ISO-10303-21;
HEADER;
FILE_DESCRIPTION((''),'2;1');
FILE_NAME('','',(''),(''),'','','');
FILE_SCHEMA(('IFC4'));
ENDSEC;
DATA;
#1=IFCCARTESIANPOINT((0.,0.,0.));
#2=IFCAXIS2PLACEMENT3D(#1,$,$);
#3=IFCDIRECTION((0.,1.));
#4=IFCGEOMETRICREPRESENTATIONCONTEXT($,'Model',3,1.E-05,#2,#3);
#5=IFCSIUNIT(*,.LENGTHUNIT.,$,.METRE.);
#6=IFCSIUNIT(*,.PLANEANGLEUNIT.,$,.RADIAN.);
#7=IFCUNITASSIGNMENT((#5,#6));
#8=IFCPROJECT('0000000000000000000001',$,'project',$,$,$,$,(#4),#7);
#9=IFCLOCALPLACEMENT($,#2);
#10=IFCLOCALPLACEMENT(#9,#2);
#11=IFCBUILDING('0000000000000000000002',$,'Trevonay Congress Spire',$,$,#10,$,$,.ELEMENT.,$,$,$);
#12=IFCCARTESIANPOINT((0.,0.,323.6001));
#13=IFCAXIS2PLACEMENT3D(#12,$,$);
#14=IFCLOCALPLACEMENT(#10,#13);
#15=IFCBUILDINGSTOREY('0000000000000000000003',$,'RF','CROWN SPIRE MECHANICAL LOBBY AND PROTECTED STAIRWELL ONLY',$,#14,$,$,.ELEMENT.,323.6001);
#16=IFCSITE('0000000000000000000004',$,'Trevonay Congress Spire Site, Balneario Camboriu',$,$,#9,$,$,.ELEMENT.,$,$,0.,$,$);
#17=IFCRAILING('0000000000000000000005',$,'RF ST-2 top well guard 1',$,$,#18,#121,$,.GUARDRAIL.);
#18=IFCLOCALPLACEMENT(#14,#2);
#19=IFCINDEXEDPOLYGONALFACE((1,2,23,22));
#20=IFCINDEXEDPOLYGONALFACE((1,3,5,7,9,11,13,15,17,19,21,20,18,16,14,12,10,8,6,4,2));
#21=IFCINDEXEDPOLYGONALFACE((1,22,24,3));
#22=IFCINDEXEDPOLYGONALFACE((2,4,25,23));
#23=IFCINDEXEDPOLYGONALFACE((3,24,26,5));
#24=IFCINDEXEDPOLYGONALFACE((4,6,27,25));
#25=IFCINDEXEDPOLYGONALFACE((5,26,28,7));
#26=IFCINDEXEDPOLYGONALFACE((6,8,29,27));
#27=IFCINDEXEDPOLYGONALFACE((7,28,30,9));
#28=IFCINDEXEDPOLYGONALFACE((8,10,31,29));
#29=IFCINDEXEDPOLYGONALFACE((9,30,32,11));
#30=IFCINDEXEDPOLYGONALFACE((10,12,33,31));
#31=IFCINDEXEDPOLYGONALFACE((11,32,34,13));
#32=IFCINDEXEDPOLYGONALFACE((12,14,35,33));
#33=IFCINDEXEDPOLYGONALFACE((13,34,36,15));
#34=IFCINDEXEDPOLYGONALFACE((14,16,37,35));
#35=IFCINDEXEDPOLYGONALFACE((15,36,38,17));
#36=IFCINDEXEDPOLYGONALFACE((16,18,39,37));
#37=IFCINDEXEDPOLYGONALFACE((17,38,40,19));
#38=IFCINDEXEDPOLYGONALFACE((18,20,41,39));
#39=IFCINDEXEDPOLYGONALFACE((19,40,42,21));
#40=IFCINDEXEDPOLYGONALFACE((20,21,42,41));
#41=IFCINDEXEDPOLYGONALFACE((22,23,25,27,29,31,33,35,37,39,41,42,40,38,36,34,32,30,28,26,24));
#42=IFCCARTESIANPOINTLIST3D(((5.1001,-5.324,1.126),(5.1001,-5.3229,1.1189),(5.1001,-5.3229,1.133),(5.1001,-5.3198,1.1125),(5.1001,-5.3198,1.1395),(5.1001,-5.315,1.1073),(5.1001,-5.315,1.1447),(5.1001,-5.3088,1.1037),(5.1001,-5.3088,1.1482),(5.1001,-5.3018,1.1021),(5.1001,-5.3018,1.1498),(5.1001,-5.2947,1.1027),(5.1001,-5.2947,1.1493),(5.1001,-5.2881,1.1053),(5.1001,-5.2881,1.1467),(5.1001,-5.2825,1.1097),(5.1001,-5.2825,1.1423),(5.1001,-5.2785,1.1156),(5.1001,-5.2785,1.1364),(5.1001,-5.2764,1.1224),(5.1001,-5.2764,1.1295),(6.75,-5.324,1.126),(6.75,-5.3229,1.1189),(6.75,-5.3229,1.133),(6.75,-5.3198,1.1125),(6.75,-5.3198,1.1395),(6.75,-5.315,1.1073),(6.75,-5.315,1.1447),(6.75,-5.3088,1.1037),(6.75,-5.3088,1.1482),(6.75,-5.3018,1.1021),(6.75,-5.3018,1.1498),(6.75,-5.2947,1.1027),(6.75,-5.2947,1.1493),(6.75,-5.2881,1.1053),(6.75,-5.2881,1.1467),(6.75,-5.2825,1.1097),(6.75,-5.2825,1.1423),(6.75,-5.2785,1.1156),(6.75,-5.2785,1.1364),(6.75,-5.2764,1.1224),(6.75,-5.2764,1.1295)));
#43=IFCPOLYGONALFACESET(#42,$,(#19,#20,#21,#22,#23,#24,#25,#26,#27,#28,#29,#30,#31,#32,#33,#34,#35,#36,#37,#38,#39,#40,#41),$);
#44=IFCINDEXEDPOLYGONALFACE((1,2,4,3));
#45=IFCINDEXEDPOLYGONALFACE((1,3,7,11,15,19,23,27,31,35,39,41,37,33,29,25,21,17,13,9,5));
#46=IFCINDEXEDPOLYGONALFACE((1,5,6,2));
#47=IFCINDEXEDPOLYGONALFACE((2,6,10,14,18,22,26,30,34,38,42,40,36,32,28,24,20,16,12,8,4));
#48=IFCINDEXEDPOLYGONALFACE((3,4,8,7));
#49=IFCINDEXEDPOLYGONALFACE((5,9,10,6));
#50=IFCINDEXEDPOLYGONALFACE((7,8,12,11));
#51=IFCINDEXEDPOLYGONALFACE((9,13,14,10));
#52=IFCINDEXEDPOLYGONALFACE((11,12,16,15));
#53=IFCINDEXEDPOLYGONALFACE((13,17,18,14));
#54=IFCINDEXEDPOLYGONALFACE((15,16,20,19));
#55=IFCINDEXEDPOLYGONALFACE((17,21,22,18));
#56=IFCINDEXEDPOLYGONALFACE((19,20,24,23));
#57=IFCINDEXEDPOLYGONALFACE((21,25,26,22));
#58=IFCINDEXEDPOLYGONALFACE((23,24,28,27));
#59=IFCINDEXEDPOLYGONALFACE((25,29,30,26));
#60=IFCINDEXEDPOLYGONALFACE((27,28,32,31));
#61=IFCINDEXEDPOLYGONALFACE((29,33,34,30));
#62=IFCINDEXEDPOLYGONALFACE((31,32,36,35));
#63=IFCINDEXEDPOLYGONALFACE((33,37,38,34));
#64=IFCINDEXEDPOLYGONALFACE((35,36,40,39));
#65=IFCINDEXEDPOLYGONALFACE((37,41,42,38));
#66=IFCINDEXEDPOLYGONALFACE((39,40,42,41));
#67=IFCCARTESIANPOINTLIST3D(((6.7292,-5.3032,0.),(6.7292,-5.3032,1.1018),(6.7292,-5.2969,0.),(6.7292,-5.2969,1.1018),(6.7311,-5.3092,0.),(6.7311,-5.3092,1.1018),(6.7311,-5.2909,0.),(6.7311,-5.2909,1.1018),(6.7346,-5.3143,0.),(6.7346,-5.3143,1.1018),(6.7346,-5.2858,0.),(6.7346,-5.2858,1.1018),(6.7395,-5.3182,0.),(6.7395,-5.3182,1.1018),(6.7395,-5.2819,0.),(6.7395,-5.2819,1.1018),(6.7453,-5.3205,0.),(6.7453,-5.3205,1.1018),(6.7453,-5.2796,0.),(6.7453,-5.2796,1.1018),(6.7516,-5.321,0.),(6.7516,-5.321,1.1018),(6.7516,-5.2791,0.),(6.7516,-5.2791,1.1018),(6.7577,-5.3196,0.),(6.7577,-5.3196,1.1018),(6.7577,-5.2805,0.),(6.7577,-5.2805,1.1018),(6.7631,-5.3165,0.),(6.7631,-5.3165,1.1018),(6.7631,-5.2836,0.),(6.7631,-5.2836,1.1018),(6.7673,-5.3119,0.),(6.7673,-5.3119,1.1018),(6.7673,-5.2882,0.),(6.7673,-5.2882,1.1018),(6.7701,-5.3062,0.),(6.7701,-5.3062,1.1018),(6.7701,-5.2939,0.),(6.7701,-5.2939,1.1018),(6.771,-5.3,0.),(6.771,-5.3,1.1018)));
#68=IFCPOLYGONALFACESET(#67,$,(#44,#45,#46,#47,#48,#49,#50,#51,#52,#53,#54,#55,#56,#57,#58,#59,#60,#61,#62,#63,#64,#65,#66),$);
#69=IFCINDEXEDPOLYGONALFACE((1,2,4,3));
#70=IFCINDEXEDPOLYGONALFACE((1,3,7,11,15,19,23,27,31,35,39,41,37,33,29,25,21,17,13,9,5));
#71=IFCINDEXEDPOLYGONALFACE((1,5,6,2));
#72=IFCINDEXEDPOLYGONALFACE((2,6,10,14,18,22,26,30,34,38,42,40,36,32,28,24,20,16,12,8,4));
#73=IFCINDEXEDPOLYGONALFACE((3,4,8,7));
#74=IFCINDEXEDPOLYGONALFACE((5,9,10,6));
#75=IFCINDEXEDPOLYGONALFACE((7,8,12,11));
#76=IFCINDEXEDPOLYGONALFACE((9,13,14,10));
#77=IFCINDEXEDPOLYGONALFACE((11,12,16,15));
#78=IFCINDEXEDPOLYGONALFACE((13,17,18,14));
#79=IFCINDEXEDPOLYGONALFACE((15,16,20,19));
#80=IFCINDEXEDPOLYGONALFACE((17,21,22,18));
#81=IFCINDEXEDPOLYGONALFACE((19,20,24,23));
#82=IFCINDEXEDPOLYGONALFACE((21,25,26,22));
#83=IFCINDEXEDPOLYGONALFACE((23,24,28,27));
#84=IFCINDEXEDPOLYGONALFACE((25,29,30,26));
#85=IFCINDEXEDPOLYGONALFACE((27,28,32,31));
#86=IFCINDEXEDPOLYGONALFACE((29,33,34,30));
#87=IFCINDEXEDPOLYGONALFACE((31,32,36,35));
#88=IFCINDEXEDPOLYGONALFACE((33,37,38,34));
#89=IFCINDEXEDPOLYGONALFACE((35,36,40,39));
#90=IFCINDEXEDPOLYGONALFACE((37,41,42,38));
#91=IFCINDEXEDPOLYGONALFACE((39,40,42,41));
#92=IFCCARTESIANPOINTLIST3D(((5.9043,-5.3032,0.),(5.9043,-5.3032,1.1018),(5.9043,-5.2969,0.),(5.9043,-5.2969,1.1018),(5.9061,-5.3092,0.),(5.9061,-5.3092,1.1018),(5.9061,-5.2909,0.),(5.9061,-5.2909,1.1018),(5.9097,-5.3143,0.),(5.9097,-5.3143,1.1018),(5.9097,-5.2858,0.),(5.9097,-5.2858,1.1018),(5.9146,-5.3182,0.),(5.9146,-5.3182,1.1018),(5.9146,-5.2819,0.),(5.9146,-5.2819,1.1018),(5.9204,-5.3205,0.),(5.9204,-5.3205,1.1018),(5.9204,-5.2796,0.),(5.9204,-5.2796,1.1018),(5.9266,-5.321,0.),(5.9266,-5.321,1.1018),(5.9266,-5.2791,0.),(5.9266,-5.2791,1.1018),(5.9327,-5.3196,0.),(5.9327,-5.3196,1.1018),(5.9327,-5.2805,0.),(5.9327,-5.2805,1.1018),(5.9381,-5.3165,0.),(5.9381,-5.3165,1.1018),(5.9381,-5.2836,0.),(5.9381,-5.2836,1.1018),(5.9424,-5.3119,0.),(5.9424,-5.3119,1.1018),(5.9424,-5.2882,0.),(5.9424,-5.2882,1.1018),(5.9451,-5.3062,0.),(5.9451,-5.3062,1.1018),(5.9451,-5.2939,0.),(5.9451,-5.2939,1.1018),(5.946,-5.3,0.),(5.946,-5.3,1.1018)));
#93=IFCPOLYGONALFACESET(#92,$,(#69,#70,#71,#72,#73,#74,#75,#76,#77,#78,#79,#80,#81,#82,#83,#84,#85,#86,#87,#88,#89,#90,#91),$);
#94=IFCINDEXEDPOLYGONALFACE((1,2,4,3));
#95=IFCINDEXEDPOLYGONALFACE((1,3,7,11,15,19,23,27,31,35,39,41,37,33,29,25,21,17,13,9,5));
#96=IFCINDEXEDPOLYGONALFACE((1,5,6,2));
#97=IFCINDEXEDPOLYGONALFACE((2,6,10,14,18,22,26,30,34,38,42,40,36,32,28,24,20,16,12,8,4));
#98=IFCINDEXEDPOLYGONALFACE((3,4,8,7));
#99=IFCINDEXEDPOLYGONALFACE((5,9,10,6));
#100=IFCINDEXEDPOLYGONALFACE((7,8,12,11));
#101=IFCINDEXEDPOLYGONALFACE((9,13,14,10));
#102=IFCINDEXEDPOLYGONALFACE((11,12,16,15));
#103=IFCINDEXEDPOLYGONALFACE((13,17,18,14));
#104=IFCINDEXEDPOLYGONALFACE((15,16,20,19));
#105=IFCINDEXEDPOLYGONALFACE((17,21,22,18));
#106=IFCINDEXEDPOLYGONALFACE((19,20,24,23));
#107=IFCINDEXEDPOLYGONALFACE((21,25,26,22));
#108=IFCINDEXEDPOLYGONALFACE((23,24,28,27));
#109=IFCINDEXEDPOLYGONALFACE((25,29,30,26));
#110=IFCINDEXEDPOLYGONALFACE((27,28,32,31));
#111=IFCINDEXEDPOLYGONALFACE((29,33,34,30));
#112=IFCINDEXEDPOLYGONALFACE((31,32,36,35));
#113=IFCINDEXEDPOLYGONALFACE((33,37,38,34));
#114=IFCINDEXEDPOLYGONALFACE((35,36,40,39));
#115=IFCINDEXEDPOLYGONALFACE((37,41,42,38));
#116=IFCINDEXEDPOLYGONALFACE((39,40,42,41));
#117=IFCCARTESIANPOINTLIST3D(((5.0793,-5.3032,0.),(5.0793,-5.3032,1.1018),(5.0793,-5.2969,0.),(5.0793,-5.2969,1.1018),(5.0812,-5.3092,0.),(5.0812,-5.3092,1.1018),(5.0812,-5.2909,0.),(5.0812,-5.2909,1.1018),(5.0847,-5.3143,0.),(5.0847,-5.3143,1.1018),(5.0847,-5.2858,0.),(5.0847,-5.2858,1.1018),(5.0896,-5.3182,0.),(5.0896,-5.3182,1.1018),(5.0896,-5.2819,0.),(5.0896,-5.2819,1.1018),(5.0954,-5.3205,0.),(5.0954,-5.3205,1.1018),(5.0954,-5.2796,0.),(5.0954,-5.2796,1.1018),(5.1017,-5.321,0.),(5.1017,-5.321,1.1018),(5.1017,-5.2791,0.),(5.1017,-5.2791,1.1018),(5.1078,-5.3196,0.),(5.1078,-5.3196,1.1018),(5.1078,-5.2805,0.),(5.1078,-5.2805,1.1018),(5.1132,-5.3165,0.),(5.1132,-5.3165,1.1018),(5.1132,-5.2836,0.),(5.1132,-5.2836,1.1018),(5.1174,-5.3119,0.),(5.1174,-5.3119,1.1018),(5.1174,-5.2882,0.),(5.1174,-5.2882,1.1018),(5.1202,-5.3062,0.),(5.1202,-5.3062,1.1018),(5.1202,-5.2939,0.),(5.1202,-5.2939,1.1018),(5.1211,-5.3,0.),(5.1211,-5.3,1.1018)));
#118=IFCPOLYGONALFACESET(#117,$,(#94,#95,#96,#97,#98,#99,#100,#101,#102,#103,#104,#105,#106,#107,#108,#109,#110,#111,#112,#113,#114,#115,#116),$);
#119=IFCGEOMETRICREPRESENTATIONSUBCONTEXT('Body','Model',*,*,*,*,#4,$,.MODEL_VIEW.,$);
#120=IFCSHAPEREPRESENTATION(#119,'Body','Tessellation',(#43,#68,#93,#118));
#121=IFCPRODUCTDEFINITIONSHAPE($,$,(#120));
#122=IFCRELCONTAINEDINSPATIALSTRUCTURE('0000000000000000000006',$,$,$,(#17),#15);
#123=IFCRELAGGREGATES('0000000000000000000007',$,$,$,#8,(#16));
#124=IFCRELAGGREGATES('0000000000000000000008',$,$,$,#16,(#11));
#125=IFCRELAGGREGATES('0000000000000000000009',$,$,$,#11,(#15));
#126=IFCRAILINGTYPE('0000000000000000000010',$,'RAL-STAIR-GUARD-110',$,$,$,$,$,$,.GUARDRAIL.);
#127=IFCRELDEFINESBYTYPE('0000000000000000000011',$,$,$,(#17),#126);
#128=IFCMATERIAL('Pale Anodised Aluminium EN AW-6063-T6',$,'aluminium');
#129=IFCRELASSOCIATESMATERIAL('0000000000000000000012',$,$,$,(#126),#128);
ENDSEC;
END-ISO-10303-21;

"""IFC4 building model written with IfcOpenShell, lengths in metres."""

from ifc_helpers import new_model, si_unit, direction, frame, origin, origin_2d, place, context, subcontext, project, spatial, circle, extrude, material, type_object, element, save


model = new_model("IFC4")

# Units and contexts
model_context = context("Model", 3, precision=1e-05, world=origin(), true_north=direction((0.0, 1.0)))
body_context = subcontext(model_context, "Body", "Model", "MODEL_VIEW")
ifc_project = project(units=[si_unit("LENGTHUNIT", "METRE"), si_unit("PLANEANGLEUNIT", "RADIAN")], contexts=[model_context])

# Site, building, storey
site_placement = place(None, origin())
site = spatial("IfcSite", under=ifc_project, at=site_placement, Name="Trevonay Congress Spire Site, Balneario Camboriu", CompositionType="ELEMENT", RefElevation=0.0)
building_placement = place(site_placement, origin())
building = spatial("IfcBuilding", under=site, at=building_placement, Name="Trevonay Congress Spire", CompositionType="ELEMENT")
storey_placement = place(building_placement, frame((0.0, 0.0, 323.6001)))
storey = spatial("IfcBuildingStorey", under=building, at=storey_placement, Name="RF", Description="CROWN SPIRE MECHANICAL LOBBY AND PROTECTED STAIRWELL ONLY", CompositionType="ELEMENT", Elevation=323.6001)

# Railing
ifc_material_1 = material(Name="Pale Anodised Aluminium EN AW-6063-T6", Category="aluminium")
railing_type = type_object("IfcRailingType", Name="RAL-STAIR-GUARD-110", PredefinedType="GUARDRAIL", material=ifc_material_1)
railing_placement = place(storey_placement, frame((6.75, -5.3, 0.0)))
element("IfcRailing", 1, at=railing_placement, inside=storey, type_object=railing_type, Name="RF ST-2 top well guard 1", PredefinedType="GUARDRAIL", context=body_context, shape_type="SweptSolid", body=[
    extrude(circle(Radius=0.0239, at=origin_2d()), frame((0.0, 0.0, 1.126), z_axis=(-1.0, 0.0, 0.0), x_axis=(0.0, -1.0, 0.0)), (0.0, 0.0, 1.0), 1.6499),
    extrude(circle(Radius=0.021, at=origin_2d()), origin(), (0.0, 0.0, 1.0), 1.1018),
    extrude(circle(Radius=0.021, at=origin_2d()), frame((-0.825, 0.0, 0.0)), (0.0, 0.0, 1.0), 1.1018),
    extrude(circle(Radius=0.021, at=origin_2d()), frame((-1.6499, 0.0, 0.0)), (0.0, 0.0, 1.0), 1.1018),
])

save(model, "model.ifc")
